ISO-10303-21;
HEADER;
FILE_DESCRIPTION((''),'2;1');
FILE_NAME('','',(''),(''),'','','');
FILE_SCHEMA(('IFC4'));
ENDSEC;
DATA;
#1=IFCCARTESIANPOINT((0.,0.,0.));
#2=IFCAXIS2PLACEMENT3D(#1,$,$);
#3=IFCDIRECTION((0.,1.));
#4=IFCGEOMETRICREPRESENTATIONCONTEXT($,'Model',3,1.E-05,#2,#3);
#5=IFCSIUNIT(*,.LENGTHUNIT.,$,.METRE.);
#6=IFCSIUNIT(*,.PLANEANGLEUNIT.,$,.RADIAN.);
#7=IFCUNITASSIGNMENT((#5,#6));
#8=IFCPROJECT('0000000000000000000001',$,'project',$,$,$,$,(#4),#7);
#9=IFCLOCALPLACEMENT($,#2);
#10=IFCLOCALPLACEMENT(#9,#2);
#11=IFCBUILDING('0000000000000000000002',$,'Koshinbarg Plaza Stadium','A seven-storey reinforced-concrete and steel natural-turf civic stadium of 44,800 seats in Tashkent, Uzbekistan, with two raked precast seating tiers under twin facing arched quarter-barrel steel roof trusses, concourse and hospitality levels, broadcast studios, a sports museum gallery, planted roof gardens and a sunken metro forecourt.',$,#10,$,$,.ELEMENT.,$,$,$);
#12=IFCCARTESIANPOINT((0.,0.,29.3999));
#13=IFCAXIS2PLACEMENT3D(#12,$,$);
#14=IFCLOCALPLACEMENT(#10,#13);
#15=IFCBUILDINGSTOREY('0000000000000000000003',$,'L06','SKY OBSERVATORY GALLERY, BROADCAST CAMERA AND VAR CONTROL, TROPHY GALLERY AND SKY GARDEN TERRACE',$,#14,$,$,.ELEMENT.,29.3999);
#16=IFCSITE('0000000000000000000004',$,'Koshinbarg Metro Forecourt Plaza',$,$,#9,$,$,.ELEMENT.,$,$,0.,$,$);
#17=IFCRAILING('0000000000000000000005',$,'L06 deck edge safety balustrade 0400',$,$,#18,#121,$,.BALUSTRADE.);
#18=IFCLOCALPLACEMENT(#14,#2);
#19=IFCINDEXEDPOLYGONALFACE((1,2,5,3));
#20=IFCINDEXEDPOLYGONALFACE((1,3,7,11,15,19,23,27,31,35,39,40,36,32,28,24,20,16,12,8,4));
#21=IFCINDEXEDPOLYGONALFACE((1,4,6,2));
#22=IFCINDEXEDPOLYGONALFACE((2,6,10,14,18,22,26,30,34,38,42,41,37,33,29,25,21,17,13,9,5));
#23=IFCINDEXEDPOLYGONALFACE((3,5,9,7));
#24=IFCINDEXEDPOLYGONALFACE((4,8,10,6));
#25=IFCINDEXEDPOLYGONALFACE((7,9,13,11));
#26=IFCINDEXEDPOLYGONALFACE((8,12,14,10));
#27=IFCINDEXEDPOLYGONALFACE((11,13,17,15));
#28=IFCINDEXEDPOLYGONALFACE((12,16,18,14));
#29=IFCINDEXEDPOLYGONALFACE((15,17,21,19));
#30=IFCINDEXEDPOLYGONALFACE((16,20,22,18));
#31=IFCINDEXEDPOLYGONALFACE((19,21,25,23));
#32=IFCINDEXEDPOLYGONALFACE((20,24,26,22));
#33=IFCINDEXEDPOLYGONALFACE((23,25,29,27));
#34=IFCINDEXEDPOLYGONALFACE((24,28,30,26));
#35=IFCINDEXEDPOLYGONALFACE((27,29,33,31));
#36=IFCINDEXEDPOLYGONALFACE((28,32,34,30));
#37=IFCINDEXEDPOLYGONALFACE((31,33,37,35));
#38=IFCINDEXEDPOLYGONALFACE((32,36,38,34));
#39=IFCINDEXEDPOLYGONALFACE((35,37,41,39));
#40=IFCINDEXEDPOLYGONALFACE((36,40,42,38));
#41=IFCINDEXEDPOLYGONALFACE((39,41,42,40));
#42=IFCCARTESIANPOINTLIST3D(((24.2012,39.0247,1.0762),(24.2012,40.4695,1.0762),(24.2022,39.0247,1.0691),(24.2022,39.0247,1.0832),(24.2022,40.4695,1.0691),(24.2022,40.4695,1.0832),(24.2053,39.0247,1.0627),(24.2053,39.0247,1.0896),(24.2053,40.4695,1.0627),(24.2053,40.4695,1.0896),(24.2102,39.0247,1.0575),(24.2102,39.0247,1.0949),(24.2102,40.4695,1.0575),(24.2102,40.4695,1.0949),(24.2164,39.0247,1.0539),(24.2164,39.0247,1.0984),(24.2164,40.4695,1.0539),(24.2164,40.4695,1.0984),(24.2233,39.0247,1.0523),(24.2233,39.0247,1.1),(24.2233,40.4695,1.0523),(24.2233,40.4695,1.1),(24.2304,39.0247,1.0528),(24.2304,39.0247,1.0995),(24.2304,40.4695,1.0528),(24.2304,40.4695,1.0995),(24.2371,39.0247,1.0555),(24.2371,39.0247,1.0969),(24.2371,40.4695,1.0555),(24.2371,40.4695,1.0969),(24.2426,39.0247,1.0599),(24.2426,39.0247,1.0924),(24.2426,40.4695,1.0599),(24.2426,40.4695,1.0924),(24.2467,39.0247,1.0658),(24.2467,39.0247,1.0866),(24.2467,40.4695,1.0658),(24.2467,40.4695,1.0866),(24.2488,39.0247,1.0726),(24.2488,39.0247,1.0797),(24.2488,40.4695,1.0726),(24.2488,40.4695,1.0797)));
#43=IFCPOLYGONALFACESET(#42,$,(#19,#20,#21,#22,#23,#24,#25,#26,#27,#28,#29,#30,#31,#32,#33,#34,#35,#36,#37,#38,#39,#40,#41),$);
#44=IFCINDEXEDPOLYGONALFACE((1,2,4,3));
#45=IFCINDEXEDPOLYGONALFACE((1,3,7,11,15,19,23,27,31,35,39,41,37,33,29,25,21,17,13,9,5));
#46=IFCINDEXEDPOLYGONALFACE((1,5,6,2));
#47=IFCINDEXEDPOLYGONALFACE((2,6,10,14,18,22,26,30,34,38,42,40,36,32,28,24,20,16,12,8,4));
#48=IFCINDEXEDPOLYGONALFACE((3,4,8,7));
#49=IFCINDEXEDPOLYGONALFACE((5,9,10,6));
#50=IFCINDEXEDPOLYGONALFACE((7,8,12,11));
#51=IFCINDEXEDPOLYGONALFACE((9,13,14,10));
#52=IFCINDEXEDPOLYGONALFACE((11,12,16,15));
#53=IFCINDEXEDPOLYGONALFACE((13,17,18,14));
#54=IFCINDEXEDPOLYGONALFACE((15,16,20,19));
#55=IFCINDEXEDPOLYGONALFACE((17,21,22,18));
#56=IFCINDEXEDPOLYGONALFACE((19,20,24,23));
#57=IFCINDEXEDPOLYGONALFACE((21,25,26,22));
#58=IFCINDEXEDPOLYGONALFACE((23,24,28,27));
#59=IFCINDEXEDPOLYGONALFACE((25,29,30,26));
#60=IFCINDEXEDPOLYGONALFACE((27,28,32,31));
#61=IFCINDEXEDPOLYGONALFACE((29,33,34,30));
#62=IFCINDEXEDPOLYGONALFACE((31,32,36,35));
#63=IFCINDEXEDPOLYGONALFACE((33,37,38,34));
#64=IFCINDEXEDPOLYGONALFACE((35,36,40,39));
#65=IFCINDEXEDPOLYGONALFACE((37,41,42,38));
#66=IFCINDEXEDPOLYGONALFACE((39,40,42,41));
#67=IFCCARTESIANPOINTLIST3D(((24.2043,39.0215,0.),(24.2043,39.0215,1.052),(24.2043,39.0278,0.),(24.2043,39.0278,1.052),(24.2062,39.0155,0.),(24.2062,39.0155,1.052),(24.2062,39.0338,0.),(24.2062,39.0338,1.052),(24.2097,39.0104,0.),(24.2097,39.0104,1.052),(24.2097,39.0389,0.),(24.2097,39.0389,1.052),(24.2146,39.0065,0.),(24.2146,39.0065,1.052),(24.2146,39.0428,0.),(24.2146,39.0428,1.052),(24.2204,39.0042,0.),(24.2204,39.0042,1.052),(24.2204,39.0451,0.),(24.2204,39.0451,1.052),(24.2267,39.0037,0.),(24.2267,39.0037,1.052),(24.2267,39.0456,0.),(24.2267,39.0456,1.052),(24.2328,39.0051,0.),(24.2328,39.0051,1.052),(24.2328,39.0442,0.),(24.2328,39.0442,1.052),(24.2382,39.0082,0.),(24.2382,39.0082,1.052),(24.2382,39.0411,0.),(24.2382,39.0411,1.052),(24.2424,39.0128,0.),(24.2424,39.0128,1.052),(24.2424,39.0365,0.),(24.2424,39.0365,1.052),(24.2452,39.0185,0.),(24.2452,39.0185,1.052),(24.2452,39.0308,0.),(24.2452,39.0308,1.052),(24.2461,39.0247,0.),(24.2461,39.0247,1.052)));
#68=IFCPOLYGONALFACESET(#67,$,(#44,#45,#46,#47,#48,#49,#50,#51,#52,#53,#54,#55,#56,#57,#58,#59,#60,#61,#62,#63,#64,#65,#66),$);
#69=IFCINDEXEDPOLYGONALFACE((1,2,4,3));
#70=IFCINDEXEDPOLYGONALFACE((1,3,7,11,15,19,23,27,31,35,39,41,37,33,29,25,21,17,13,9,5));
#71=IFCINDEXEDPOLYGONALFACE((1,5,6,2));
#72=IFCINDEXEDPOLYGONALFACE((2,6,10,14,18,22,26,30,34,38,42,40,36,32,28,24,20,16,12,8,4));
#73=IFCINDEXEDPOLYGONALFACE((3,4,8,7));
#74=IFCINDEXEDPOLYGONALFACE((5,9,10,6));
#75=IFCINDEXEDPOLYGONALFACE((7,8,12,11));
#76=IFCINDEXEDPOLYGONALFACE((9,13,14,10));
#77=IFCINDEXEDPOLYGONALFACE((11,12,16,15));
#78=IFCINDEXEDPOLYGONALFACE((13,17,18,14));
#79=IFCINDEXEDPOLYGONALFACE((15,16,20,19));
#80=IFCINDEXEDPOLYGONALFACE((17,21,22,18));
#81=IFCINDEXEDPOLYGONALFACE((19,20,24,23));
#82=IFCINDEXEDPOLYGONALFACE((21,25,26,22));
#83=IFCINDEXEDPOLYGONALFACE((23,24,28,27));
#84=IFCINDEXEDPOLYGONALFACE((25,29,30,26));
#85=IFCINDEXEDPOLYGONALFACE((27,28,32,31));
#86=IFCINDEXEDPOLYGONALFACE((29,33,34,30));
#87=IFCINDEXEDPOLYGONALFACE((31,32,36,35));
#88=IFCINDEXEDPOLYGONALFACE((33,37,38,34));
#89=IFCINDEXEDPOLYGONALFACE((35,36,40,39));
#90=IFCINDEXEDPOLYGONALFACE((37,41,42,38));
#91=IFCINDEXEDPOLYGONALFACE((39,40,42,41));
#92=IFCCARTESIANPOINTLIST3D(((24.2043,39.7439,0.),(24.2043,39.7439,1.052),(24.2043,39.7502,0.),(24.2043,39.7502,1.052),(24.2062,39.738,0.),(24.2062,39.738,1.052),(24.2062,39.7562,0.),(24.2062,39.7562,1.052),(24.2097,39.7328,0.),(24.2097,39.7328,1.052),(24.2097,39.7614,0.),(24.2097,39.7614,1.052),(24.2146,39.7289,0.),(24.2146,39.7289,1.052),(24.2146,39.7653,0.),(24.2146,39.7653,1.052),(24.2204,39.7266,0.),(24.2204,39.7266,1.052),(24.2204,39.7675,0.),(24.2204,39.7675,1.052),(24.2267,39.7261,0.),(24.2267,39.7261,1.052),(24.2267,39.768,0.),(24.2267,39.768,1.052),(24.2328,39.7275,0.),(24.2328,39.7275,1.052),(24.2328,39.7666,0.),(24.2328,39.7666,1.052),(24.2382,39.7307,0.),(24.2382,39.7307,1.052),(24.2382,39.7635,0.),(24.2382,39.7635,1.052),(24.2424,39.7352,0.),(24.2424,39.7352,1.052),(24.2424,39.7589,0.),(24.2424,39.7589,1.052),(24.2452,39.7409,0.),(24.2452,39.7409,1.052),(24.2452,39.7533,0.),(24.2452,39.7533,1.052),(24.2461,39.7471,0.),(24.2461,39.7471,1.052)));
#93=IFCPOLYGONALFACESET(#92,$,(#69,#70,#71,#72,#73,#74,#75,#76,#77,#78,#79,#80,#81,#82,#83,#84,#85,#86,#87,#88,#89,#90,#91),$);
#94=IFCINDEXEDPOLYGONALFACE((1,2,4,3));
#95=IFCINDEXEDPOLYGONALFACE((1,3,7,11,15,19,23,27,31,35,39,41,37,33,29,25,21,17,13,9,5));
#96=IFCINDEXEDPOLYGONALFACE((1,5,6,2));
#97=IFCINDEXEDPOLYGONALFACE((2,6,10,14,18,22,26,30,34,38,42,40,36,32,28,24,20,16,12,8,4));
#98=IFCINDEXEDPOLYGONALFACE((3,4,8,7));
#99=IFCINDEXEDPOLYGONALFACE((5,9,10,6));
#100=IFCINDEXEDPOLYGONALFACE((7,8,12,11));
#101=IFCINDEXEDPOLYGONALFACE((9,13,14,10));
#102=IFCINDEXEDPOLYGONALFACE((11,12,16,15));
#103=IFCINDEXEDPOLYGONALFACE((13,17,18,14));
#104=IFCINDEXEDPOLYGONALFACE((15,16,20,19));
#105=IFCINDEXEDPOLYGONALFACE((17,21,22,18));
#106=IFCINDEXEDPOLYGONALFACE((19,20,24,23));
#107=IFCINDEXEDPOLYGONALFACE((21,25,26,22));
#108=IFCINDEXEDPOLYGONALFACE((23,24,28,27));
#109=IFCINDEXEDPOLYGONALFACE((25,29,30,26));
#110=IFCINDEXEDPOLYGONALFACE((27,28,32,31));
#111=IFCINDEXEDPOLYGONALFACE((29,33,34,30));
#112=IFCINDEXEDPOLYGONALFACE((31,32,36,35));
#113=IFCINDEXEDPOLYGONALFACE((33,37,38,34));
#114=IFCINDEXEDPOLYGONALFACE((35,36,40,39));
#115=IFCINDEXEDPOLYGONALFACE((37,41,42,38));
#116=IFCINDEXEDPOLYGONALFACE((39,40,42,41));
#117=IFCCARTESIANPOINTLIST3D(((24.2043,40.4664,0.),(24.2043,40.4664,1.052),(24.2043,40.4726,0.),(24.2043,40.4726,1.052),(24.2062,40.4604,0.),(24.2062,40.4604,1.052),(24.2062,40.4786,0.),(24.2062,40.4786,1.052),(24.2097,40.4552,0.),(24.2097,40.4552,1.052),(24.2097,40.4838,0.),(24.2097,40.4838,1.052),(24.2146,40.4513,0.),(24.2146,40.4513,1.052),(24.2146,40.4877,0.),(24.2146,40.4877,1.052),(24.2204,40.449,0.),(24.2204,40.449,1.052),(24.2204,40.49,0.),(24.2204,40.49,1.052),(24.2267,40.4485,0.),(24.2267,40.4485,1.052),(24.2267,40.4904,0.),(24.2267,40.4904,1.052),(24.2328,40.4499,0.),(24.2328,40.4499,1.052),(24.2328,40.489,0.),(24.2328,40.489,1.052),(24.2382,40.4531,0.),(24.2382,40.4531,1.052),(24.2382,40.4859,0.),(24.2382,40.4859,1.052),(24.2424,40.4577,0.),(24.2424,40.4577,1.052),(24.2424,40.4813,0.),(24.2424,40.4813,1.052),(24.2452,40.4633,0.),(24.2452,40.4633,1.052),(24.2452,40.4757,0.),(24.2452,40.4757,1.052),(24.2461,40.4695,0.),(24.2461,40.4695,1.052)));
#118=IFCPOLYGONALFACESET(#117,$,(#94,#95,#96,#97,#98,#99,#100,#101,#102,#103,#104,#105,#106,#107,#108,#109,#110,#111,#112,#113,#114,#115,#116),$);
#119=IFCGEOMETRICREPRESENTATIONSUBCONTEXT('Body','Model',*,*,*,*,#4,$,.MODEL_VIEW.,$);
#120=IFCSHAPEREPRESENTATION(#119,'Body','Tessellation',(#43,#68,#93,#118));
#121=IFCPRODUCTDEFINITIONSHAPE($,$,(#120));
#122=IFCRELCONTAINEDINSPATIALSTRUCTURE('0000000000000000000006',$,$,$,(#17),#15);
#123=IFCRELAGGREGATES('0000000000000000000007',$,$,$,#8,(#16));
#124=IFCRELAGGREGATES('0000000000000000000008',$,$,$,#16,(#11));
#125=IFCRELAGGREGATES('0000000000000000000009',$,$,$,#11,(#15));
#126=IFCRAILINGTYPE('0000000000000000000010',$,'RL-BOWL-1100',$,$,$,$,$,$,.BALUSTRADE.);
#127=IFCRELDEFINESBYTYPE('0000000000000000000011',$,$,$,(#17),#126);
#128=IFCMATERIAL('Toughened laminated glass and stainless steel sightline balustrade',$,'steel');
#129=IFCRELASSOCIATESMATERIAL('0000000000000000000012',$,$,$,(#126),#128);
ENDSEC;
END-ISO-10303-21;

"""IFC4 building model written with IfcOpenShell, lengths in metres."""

from ifc_helpers import new_model, si_unit, direction, frame, origin, origin_2d, place, context, subcontext, project, spatial, circle, extrude, material, type_object, element, save


model = new_model("IFC4")

# Units and contexts
model_context = context("Model", 3, precision=1e-05, world=origin(), true_north=direction((0.0, 1.0)))
body_context = subcontext(model_context, "Body", "Model", "MODEL_VIEW")
ifc_project = project(units=[si_unit("LENGTHUNIT", "METRE"), si_unit("PLANEANGLEUNIT", "RADIAN")], contexts=[model_context])

# Site, building, storey
site_placement = place(None, origin())
site = spatial("IfcSite", under=ifc_project, at=site_placement, Name="Koshinbarg Metro Forecourt Plaza", CompositionType="ELEMENT", RefElevation=0.0)
building_placement = place(site_placement, origin())
building = spatial("IfcBuilding", under=site, at=building_placement, Name="Koshinbarg Plaza Stadium", Description="A seven-storey reinforced-concrete and steel natural-turf civic stadium of 44,800 seats in Tashkent, Uzbekistan, with two raked precast seating tiers under twin facing arched quarter-barrel steel roof trusses, concourse and hospitality levels, broadcast studios, a sports museum gallery, planted roof gardens and a sunken metro forecourt.", CompositionType="ELEMENT")
storey_placement = place(building_placement, frame((0.0, 0.0, 29.3999)))
storey = spatial("IfcBuildingStorey", under=building, at=storey_placement, Name="L06", Description="SKY OBSERVATORY GALLERY, BROADCAST CAMERA AND VAR CONTROL, TROPHY GALLERY AND SKY GARDEN TERRACE", CompositionType="ELEMENT", Elevation=29.3999)

# Railing
ifc_material_1 = material(Name="Toughened laminated glass and stainless steel sightline balustrade", Category="steel")
railing_type = type_object("IfcRailingType", Name="RL-BOWL-1100", PredefinedType="BALUSTRADE", material=ifc_material_1)
railing_placement = place(storey_placement, frame((24.2251, 39.0247, 0.0)))
element("IfcRailing", 1, at=railing_placement, inside=storey, type_object=railing_type, Name="L06 deck edge safety balustrade 0400", PredefinedType="BALUSTRADE", context=body_context, shape_type="SweptSolid", body=[
    extrude(circle(Radius=0.0239, at=origin_2d()), frame((0.0, 0.0, 1.0762), z_axis=(0.0, 1.0, 0.0), x_axis=(-1.0, 0.0, 0.0)), (0.0, 0.0, 1.0), 1.4448),
    extrude(circle(Radius=0.021, at=origin_2d()), origin(), (0.0, 0.0, 1.0), 1.052),
    extrude(circle(Radius=0.021, at=origin_2d()), frame((0.0, 0.7224, 0.0)), (0.0, 0.0, 1.0), 1.052),
    extrude(circle(Radius=0.021, at=origin_2d()), frame((0.0, 1.4448, 0.0)), (0.0, 0.0, 1.0), 1.052),
])

save(model, "model.ifc")
